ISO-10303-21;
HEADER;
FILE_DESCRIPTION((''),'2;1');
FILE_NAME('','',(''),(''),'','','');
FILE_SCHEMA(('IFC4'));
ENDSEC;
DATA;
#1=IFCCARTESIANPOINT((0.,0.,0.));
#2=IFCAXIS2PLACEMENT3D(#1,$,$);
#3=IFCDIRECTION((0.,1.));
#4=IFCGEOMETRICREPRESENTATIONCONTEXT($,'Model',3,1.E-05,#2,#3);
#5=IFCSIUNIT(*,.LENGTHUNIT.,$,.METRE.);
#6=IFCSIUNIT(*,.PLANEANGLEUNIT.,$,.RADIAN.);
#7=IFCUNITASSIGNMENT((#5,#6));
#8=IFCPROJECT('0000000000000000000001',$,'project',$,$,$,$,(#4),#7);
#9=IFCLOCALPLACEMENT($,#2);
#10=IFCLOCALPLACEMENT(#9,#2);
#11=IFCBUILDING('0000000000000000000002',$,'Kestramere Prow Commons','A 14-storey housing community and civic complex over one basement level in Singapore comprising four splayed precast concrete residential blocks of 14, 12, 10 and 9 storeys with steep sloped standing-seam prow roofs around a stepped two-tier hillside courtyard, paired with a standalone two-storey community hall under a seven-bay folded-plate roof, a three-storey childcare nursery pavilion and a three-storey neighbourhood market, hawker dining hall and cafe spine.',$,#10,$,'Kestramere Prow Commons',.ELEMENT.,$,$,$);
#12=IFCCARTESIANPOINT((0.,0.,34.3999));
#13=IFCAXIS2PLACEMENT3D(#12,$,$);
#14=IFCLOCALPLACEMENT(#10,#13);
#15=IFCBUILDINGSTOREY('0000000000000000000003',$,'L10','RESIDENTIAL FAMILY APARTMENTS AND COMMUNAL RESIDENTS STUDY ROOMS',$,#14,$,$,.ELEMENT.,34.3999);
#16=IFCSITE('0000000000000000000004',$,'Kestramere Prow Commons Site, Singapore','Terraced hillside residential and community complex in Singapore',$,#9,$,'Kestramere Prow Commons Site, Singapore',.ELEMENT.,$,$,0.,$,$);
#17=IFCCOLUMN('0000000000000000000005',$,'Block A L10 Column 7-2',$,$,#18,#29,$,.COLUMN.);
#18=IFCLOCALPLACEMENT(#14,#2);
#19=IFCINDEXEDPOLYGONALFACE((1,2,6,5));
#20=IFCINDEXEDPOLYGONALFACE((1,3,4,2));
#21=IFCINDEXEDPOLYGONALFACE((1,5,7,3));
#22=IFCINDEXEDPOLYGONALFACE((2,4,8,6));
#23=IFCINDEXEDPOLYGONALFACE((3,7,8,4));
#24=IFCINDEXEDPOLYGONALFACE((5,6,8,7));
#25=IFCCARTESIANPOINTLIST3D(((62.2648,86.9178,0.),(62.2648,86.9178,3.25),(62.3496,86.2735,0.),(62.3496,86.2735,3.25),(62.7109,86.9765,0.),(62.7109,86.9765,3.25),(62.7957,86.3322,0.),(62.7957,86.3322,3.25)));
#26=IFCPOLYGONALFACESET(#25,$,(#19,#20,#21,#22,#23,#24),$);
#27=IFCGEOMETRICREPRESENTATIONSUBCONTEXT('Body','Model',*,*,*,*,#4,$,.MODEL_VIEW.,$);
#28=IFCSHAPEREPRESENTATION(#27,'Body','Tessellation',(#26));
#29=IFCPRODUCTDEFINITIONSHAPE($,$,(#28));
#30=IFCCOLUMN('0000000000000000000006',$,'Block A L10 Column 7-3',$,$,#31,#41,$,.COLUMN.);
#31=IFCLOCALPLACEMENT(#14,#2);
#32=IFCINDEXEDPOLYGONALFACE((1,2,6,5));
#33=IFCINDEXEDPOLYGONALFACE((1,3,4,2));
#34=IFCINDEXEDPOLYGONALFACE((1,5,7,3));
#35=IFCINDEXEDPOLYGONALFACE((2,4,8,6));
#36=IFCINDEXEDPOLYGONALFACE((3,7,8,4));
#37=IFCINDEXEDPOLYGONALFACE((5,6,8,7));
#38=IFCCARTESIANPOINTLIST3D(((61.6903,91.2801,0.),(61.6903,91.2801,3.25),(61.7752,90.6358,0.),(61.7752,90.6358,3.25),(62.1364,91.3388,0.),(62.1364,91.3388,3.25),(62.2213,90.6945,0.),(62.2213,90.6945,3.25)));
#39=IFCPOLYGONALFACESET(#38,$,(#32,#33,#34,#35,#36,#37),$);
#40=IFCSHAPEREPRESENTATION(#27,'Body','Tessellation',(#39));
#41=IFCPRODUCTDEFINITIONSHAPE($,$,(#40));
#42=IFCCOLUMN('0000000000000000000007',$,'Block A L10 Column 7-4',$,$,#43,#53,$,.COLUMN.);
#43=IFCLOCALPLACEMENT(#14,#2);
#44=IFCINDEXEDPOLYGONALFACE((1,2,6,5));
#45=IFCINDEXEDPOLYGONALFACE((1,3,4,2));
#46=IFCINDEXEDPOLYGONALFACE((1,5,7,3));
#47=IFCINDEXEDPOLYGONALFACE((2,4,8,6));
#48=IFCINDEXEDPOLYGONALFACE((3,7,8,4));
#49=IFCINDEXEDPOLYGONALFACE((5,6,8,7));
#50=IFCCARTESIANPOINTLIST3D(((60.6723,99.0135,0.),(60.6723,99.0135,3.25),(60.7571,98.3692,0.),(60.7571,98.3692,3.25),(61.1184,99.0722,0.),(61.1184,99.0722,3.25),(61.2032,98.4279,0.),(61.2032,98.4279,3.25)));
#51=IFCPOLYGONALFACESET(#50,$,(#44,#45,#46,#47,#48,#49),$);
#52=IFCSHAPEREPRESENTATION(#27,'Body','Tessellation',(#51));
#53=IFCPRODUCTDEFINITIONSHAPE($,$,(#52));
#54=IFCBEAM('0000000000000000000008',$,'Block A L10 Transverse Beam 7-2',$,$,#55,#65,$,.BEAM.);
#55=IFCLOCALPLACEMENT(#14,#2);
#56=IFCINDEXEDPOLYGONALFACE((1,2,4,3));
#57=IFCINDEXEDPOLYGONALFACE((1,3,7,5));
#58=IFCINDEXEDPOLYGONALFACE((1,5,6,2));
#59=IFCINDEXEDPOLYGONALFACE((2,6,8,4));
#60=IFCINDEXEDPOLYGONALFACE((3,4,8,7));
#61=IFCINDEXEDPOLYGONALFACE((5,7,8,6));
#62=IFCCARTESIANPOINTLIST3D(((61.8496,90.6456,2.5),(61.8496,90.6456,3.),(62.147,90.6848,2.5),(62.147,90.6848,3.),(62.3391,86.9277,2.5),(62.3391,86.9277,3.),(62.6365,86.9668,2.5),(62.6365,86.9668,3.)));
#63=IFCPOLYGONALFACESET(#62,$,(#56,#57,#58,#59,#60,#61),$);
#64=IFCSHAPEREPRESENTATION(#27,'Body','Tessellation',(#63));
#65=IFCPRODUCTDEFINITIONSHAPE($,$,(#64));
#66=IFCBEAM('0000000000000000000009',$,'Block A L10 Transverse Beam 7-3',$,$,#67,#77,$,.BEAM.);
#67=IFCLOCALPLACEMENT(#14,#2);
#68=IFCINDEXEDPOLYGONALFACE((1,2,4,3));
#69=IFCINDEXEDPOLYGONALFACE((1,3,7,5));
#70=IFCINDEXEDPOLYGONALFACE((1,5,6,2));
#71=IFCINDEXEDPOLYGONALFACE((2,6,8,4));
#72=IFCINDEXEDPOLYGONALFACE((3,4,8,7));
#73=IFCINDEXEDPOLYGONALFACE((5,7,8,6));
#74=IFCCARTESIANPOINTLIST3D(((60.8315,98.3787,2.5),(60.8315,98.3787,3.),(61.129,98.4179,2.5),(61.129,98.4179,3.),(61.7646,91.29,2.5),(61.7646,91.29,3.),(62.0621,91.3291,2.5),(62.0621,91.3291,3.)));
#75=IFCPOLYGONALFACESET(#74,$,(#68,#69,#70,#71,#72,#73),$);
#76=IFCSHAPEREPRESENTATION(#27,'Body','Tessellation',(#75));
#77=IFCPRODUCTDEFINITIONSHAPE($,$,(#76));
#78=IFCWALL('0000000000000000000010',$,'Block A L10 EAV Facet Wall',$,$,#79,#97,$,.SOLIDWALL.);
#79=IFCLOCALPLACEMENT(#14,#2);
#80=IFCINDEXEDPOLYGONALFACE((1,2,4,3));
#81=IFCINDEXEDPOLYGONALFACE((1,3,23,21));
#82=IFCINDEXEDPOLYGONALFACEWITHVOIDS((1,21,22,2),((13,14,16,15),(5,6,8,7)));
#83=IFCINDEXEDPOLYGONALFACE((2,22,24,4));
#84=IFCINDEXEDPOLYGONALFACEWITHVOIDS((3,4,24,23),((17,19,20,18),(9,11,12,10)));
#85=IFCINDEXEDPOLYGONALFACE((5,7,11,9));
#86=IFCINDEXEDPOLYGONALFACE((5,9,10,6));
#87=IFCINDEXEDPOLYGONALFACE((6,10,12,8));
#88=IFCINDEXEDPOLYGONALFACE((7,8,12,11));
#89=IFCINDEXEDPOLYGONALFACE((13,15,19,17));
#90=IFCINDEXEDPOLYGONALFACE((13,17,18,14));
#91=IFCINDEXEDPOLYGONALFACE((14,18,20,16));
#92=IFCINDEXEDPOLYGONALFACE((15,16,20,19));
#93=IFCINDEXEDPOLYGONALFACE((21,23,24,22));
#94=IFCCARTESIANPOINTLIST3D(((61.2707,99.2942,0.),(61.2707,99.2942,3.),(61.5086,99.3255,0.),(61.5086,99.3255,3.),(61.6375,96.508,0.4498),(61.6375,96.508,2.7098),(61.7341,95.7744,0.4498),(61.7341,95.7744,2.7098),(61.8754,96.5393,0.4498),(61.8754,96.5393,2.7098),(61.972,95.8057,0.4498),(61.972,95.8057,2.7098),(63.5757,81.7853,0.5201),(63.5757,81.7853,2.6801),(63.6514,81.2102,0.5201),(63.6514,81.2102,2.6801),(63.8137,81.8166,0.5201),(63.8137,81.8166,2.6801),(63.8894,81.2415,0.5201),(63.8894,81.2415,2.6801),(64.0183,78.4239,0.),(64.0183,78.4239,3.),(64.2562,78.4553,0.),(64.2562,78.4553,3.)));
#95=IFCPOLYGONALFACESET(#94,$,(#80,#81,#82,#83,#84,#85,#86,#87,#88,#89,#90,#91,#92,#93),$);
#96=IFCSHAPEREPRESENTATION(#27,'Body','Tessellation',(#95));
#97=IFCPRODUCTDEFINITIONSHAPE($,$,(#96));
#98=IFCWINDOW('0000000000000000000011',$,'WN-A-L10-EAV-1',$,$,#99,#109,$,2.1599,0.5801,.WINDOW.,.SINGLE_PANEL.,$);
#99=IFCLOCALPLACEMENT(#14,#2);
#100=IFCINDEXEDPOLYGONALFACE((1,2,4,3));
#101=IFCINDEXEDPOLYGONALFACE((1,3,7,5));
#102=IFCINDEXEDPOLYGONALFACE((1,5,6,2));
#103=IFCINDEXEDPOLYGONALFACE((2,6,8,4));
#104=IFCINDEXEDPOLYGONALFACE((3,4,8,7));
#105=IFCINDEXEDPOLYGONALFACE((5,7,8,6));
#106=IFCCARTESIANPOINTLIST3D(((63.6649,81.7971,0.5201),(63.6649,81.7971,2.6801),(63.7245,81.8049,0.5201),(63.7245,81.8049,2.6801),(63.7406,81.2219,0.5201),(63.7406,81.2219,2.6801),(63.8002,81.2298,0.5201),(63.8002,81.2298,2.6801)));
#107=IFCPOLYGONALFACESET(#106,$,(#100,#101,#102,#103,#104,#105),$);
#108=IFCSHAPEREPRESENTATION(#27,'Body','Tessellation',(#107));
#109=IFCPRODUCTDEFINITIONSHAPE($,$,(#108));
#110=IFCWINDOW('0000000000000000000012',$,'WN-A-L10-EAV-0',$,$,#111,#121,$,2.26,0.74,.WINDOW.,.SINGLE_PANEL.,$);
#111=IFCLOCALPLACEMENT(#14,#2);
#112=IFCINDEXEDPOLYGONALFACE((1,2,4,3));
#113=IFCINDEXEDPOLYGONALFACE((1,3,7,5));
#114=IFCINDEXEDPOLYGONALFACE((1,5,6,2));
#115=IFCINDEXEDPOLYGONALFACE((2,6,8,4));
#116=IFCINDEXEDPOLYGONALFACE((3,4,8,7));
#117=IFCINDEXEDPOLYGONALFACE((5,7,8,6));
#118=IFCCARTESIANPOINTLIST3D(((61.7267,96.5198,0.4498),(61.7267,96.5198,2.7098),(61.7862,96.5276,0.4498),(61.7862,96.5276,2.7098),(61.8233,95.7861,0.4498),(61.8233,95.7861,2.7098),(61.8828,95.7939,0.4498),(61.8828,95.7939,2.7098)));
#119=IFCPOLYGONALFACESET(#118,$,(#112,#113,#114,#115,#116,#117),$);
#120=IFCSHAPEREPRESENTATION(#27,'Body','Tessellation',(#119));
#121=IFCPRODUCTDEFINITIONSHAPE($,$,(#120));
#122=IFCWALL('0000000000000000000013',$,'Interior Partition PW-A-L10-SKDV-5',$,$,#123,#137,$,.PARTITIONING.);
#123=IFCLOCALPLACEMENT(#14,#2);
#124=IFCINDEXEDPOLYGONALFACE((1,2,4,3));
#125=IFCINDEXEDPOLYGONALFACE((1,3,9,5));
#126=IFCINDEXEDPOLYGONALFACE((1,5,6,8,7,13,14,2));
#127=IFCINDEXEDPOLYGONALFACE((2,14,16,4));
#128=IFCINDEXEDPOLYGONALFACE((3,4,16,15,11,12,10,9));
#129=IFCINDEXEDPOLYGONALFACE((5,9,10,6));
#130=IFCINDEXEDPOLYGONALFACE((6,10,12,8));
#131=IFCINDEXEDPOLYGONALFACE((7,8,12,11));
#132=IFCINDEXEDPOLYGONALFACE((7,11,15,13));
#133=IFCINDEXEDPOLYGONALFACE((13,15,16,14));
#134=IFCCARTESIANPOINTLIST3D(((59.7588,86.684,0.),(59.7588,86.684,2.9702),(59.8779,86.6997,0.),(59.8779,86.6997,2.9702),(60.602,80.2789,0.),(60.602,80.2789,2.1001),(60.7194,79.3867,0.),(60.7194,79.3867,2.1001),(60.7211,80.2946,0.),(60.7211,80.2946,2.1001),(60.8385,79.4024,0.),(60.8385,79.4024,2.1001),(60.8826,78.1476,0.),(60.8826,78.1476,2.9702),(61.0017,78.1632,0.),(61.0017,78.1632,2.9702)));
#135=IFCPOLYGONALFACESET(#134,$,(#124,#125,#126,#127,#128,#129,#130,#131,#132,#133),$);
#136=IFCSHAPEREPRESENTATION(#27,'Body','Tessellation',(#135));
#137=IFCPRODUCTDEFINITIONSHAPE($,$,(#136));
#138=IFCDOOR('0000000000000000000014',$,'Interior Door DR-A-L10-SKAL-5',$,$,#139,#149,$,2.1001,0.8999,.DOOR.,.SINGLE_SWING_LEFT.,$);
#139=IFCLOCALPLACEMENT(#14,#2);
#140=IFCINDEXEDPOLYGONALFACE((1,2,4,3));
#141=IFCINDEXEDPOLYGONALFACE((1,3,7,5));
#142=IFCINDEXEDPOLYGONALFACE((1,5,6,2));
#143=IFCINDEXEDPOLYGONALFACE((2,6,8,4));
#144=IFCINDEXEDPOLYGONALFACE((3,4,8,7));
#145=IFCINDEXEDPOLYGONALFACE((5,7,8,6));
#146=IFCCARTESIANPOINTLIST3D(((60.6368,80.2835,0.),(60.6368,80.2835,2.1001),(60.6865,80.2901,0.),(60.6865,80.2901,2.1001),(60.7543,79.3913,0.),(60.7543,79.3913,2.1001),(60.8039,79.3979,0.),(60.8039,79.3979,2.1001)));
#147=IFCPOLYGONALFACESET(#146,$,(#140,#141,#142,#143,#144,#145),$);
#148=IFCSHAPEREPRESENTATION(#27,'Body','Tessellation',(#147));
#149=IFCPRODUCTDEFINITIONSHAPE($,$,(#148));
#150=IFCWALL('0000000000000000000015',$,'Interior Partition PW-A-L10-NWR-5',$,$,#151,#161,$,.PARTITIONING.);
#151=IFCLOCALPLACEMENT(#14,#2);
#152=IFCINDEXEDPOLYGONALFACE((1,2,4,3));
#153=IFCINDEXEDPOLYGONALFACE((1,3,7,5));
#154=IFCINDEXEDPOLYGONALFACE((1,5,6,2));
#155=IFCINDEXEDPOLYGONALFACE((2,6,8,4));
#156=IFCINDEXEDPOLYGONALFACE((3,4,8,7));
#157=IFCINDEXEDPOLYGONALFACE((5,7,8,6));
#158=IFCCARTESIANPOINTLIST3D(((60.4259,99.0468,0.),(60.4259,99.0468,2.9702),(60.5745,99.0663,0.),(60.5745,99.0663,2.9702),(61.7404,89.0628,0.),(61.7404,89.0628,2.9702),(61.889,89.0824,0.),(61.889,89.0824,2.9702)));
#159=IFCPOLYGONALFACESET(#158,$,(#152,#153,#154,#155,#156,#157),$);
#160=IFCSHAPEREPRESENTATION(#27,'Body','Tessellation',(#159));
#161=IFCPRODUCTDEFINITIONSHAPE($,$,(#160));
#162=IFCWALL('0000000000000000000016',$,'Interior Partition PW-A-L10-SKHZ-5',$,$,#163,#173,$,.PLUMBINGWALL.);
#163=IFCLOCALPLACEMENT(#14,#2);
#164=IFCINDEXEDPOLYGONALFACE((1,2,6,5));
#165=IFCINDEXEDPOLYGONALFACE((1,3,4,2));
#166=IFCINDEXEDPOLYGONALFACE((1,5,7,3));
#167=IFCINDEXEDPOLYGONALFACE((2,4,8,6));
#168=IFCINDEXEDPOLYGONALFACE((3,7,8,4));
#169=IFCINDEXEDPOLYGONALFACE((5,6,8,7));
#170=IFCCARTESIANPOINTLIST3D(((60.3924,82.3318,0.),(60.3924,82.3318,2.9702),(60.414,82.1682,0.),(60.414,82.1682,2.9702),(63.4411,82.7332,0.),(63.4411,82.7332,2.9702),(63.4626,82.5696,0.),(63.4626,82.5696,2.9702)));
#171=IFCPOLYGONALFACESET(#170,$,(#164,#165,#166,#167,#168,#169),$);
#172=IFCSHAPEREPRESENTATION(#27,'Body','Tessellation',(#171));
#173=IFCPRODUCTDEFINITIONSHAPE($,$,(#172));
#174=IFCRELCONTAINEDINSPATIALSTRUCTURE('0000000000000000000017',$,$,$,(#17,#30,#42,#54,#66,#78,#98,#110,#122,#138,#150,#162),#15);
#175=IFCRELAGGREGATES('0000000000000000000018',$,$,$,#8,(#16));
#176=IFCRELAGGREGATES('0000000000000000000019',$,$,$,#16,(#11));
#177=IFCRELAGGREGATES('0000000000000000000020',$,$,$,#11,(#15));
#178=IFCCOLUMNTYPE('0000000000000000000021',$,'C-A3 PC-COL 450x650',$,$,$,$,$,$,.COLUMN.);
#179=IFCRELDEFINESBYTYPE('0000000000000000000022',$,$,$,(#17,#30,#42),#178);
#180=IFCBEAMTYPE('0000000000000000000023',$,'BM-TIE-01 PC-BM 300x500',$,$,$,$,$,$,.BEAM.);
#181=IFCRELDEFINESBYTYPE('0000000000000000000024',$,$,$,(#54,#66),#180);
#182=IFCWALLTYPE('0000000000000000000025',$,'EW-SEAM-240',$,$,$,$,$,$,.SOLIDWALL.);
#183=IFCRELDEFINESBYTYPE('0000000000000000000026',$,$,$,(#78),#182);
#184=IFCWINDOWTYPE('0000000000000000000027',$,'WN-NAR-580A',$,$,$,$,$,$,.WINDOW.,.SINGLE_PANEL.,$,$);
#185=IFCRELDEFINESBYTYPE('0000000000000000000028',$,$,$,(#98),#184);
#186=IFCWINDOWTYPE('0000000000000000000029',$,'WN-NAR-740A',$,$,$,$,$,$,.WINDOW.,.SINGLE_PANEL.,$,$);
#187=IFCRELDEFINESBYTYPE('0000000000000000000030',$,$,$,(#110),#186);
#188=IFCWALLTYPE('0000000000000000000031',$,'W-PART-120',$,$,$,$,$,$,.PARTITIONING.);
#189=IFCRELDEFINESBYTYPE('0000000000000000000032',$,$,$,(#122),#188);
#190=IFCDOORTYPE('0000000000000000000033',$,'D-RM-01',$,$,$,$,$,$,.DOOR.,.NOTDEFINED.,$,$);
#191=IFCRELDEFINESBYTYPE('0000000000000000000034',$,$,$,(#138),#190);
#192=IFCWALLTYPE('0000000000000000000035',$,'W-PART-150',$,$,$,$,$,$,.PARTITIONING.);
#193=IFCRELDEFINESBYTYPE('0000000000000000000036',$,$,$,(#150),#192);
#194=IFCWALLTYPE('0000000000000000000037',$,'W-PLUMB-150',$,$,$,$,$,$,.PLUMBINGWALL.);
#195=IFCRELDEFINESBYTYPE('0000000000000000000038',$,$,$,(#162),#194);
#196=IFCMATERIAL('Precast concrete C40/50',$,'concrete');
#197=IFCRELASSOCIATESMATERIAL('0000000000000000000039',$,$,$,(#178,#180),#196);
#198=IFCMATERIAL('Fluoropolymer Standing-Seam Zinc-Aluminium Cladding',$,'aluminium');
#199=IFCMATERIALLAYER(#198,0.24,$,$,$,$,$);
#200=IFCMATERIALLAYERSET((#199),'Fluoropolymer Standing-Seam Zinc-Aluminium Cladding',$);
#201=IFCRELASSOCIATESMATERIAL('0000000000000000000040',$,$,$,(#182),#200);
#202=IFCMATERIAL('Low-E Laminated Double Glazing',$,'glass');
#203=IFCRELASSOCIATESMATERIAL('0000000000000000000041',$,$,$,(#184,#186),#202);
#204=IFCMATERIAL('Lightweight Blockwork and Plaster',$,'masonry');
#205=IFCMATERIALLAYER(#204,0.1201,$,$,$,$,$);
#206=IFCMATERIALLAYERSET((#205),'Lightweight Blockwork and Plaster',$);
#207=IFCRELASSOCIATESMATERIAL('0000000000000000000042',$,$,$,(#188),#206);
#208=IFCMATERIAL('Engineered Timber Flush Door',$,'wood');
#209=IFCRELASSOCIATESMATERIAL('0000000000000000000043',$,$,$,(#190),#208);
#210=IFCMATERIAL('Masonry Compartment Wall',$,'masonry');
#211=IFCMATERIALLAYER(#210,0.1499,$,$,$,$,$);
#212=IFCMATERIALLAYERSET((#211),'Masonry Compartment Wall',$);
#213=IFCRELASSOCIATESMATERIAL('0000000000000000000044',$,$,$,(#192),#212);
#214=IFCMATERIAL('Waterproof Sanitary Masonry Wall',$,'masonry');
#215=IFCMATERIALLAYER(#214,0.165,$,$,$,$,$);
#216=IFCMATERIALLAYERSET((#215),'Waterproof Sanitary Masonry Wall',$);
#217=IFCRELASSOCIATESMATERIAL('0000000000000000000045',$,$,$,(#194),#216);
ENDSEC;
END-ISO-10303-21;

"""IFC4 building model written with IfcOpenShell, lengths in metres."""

from ifc_helpers import new_model, si_unit, direction, frame, frame_2d, origin, origin_2d, place, context, subcontext, project, spatial, rectangle, extrude, material, layer, layer_set, material_profile, profile_set, type_object, element, fill, save


model = new_model("IFC4")

# Units and contexts
model_context = context("Model", 3, precision=1e-05, world=origin(), true_north=direction((0.0, 1.0)))
body_context = subcontext(model_context, "Body", "Model", "MODEL_VIEW")
ifc_project = project(units=[si_unit("LENGTHUNIT", "METRE"), si_unit("PLANEANGLEUNIT", "RADIAN")], contexts=[model_context])

# Site, building, storey
site_placement = place(None, origin())
site = spatial("IfcSite", under=ifc_project, at=site_placement, Name="Kestramere Prow Commons Site, Singapore", Description="Terraced hillside residential and community complex in Singapore", LongName="Kestramere Prow Commons Site, Singapore", CompositionType="ELEMENT", RefElevation=0.0)
building_placement = place(site_placement, origin())
building = spatial("IfcBuilding", under=site, at=building_placement, Name="Kestramere Prow Commons", Description="A 14-storey housing community and civic complex over one basement level in Singapore comprising four splayed precast concrete residential blocks of 14, 12, 10 and 9 storeys with steep sloped standing-seam prow roofs around a stepped two-tier hillside courtyard, paired with a standalone two-storey community hall under a seven-bay folded-plate roof, a three-storey childcare nursery pavilion and a three-storey neighbourhood market, hawker dining hall and cafe spine.", LongName="Kestramere Prow Commons", CompositionType="ELEMENT")
storey_placement = place(building_placement, frame((0.0, 0.0, 34.3999)))
storey = spatial("IfcBuildingStorey", under=building, at=storey_placement, Name="L10", Description="RESIDENTIAL FAMILY APARTMENTS AND COMMUNAL RESIDENTS STUDY ROOMS", CompositionType="ELEMENT", Elevation=34.3999)

# Columns
ifc_material_1 = material(Name="Precast concrete C40/50", Category="concrete")
ifc_material_profile_1 = material_profile(ifc_material_1, rectangle(XDim=0.45, YDim=0.6499, at=origin_2d()), Name="PC-COL 450x650")
ifc_profile_set_1 = profile_set([ifc_material_profile_1], Name="Precast concrete C40/50")
column_type = type_object("IfcColumnType", Name="C-A3 PC-COL 450x650", PredefinedType="COLUMN", material=ifc_profile_set_1)
for number, where, z_axis, x_axis, name in (
    (1, (62.5303, 86.625, 0.0), (0.0, 0.0, 1.0), (0.991445, 0.130526, 0.0), "Block A L10 Column 7-2"),
    (2, (61.9558, 90.9873, 0.0), (0.0, 0.0, 1.0), (0.991445, 0.130526, 0.0), "Block A L10 Column 7-3"),
    (3, (60.9377, 98.7207, 0.0), (0.0, 0.0, 1.0), (0.991445, 0.130526, 0.0), "Block A L10 Column 7-4"),
):
    element("IfcColumn", number, at=place(storey_placement, frame(where, z_axis=z_axis, x_axis=x_axis)), inside=storey, type_object=column_type, Name=name, PredefinedType="COLUMN", context=body_context, shape_type="SweptSolid", body=[
        extrude(rectangle(XDim=0.45, YDim=0.6499, at=origin_2d()), origin(), (0.0, 0.0, 1.0), 3.25),
    ])

# Beams
ifc_material_profile_2 = material_profile(ifc_material_1, rectangle(XDim=0.3, YDim=0.5, at=origin_2d()), Name="PC-BM 300x500")
ifc_profile_set_2 = profile_set([ifc_material_profile_2], Name="Precast concrete C40/50")
beam_type = type_object("IfcBeamType", Name="BM-TIE-01 PC-BM 300x500", PredefinedType="BEAM", material=ifc_profile_set_2)
beam_1_placement = place(storey_placement, frame((62.4878, 86.9473, 2.75), z_axis=(-0.13053, 0.991444, 0.0), x_axis=(-0.991444, -0.13053, 0.0)))
element("IfcBeam", 4, at=beam_1_placement, inside=storey, type_object=beam_type, Name="Block A L10 Transverse Beam 7-2", PredefinedType="BEAM", context=body_context, shape_type="SweptSolid", body=[
    extrude(rectangle(XDim=0.3, YDim=0.5, at=origin_2d()), origin(), (0.0, 0.0, 1.0), 3.75),
])
beam_2_placement = place(storey_placement, frame((61.9133, 91.3096, 2.75), z_axis=(-0.130504, 0.991448, 0.0), x_axis=(-0.991448, -0.130504, 0.0)))
element("IfcBeam", 5, at=beam_2_placement, inside=storey, type_object=beam_type, Name="Block A L10 Transverse Beam 7-3", PredefinedType="BEAM", context=body_context, shape_type="SweptSolid", body=[
    extrude(rectangle(XDim=0.3, YDim=0.5, at=origin_2d()), origin(), (0.0, 0.0, 1.0), 7.1499),
])

# Wall, openings, windows
ifc_material_2 = material(Name="Fluoropolymer Standing-Seam Zinc-Aluminium Cladding", Category="aluminium")
ifc_layer_1 = layer(ifc_material_2, 0.24)
ifc_layer_set_1 = layer_set([ifc_layer_1], Name="Fluoropolymer Standing-Seam Zinc-Aluminium Cladding")
wall_type_1 = type_object("IfcWallType", Name="EW-SEAM-240", PredefinedType="SOLIDWALL", material=ifc_layer_set_1)
wall_1_placement = place(storey_placement, frame((61.3896, 99.3098, 0.0), z_axis=(0.0, 0.0, 1.0), x_axis=(0.130524, -0.991445, 0.0)))
wall_1 = element("IfcWall", 6, at=wall_1_placement, inside=storey, type_object=wall_type_1, Name="Block A L10 EAV Facet Wall", PredefinedType="SOLIDWALL", context=body_context, shape_type="SweptSolid", body=[
    extrude(rectangle(XDim=21.0503, YDim=0.24, at=frame_2d((10.5251, 0.0))), origin(), (0.0, 0.0, 1.0), 3.0),
])
opening_1_placement = place(wall_1_placement, frame((2.8101, 0.0, 0.45)))
opening_1 = element("IfcOpeningElement", 7, at=opening_1_placement, cuts=wall_1, PredefinedType="OPENING", context=body_context, shape_type="SweptSolid", body=[
    extrude(rectangle(XDim=0.74, YDim=2.26, at=frame_2d((0.3701, 1.1299))), frame((0.0, 0.135, 0.0), z_axis=(0.0, -1.0, 0.0), x_axis=(1.0, 0.0, 0.0)), (0.0, 0.0, 1.0), 0.27),
])
opening_2_placement = place(wall_1_placement, frame((17.6599, 0.0, 0.52)))
opening_2 = element("IfcOpeningElement", 8, at=opening_2_placement, cuts=wall_1, PredefinedType="OPENING", context=body_context, shape_type="SweptSolid", body=[
    extrude(rectangle(XDim=0.5801, YDim=2.1599, at=frame_2d((0.29, 1.0801))), frame((0.0, 0.135, 0.0), z_axis=(0.0, -1.0, 0.0), x_axis=(1.0, 0.0, 0.0)), (0.0, 0.0, 1.0), 0.27),
])
ifc_material_3 = material(Name="Low-E Laminated Double Glazing", Category="glass")
window_type_1 = type_object("IfcWindowType", Name="WN-NAR-580A", PartitioningType="SINGLE_PANEL", PredefinedType="WINDOW", material=ifc_material_3)
window_1_placement = place(opening_2_placement, origin())
window_1 = element("IfcWindow", 9, at=window_1_placement, inside=storey, type_object=window_type_1, Name="WN-A-L10-EAV-1", OverallHeight=2.1599, OverallWidth=0.5801, PartitioningType="SINGLE_PANEL", PredefinedType="WINDOW", context=body_context, shape_type="SweptSolid", body=[
    extrude(rectangle(XDim=0.5801, YDim=2.1599, at=frame_2d((0.29, 1.0801))), frame((0.0, 0.03, 0.0), z_axis=(0.0, -1.0, 0.0), x_axis=(1.0, 0.0, 0.0)), (0.0, 0.0, 1.0), 0.0601),
])
fill(opening_2, window_1)
window_type_2 = type_object("IfcWindowType", Name="WN-NAR-740A", PartitioningType="SINGLE_PANEL", PredefinedType="WINDOW", material=ifc_material_3)
window_2_placement = place(opening_1_placement, origin())
window_2 = element("IfcWindow", 10, at=window_2_placement, inside=storey, type_object=window_type_2, Name="WN-A-L10-EAV-0", OverallHeight=2.26, OverallWidth=0.74, PartitioningType="SINGLE_PANEL", PredefinedType="WINDOW", context=body_context, shape_type="SweptSolid", body=[
    extrude(rectangle(XDim=0.74, YDim=2.26, at=frame_2d((0.3701, 1.1299))), frame((0.0, 0.03, 0.0), z_axis=(0.0, -1.0, 0.0), x_axis=(1.0, 0.0, 0.0)), (0.0, 0.0, 1.0), 0.0601),
])
fill(opening_1, window_2)

# Wall, opening, door
ifc_material_4 = material(Name="Lightweight Blockwork and Plaster", Category="masonry")
ifc_layer_2 = layer(ifc_material_4, 0.1201)
ifc_layer_set_2 = layer_set([ifc_layer_2], Name="Lightweight Blockwork and Plaster")
wall_type_2 = type_object("IfcWallType", Name="W-PART-120", PredefinedType="PARTITIONING", material=ifc_layer_set_2)
wall_2_placement = place(storey_placement, frame((60.9421, 78.1553, 0.0), z_axis=(0.0, 0.0, 1.0), x_axis=(-0.13052, 0.991446, 0.0)))
wall_2 = element("IfcWall", 11, at=wall_2_placement, inside=storey, type_object=wall_type_2, Name="Interior Partition PW-A-L10-SKDV-5", PredefinedType="PARTITIONING", context=body_context, shape_type="SweptSolid", body=[
    extrude(rectangle(XDim=8.6101, YDim=0.1201, at=frame_2d((4.3052, 0.0))), origin(), (0.0, 0.0, 1.0), 2.9702),
])
opening_3_placement = place(wall_2_placement, frame((1.25, 0.0, 0.0)))
opening_3 = element("IfcOpeningElement", 12, at=opening_3_placement, cuts=wall_2, PredefinedType="OPENING", context=body_context, shape_type="SweptSolid", body=[
    extrude(rectangle(XDim=0.8999, YDim=2.1001, at=frame_2d((0.45, 1.05))), frame((0.0, 0.075, 0.0), z_axis=(0.0, -1.0, 0.0), x_axis=(1.0, 0.0, 0.0)), (0.0, 0.0, 1.0), 0.1501),
])
ifc_material_5 = material(Name="Engineered Timber Flush Door", Category="wood")
door_type = type_object("IfcDoorType", Name="D-RM-01", OperationType="NOTDEFINED", PredefinedType="DOOR", material=ifc_material_5)
door_placement = place(opening_3_placement, origin())
door = element("IfcDoor", 13, at=door_placement, inside=storey, type_object=door_type, Name="Interior Door DR-A-L10-SKAL-5", OperationType="SINGLE_SWING_LEFT", OverallHeight=2.1001, OverallWidth=0.8999, PredefinedType="DOOR", context=body_context, shape_type="SweptSolid", body=[
    extrude(rectangle(XDim=0.8999, YDim=2.1001, at=frame_2d((0.45, 1.05))), frame((0.0, 0.0249, 0.0), z_axis=(0.0, -1.0, 0.0), x_axis=(1.0, 0.0, 0.0)), (0.0, 0.0, 1.0), 0.05),
])
fill(opening_3, door)

# Walls
ifc_material_6 = material(Name="Masonry Compartment Wall", Category="masonry")
ifc_layer_3 = layer(ifc_material_6, 0.1499)
ifc_layer_set_3 = layer_set([ifc_layer_3], Name="Masonry Compartment Wall")
wall_type_3 = type_object("IfcWallType", Name="W-PART-150", PredefinedType="PARTITIONING", material=ifc_layer_set_3)
wall_3_placement = place(storey_placement, frame((61.8147, 89.0725, 0.0), z_axis=(0.0, 0.0, 1.0), x_axis=(-0.130531, 0.991444, 0.0)))
element("IfcWall", 14, at=wall_3_placement, inside=storey, type_object=wall_type_3, Name="Interior Partition PW-A-L10-NWR-5", PredefinedType="PARTITIONING", context=body_context, shape_type="SweptSolid", body=[
    extrude(rectangle(XDim=10.0701, YDim=0.1499, at=frame_2d((5.0352, 0.0))), origin(), (0.0, 0.0, 1.0), 2.9702),
])
ifc_material_7 = material(Name="Waterproof Sanitary Masonry Wall", Category="masonry")
ifc_layer_4 = layer(ifc_material_7, 0.165)
ifc_layer_set_4 = layer_set([ifc_layer_4], Name="Waterproof Sanitary Masonry Wall")
wall_type_4 = type_object("IfcWallType", Name="W-PLUMB-150", PredefinedType="PLUMBINGWALL", material=ifc_layer_set_4)
wall_4_placement = place(storey_placement, frame((60.4031, 82.25, 0.0), z_axis=(0.0, 0.0, 1.0), x_axis=(0.991444, 0.130531, 0.0)))
element("IfcWall", 15, at=wall_4_placement, inside=storey, type_object=wall_type_4, Name="Interior Partition PW-A-L10-SKHZ-5", PredefinedType="PLUMBINGWALL", context=body_context, shape_type="SweptSolid", body=[
    extrude(rectangle(XDim=3.075, YDim=0.165, at=frame_2d((1.5376, 0.0))), origin(), (0.0, 0.0, 1.0), 2.9702),
])

save(model, "model.ifc")
